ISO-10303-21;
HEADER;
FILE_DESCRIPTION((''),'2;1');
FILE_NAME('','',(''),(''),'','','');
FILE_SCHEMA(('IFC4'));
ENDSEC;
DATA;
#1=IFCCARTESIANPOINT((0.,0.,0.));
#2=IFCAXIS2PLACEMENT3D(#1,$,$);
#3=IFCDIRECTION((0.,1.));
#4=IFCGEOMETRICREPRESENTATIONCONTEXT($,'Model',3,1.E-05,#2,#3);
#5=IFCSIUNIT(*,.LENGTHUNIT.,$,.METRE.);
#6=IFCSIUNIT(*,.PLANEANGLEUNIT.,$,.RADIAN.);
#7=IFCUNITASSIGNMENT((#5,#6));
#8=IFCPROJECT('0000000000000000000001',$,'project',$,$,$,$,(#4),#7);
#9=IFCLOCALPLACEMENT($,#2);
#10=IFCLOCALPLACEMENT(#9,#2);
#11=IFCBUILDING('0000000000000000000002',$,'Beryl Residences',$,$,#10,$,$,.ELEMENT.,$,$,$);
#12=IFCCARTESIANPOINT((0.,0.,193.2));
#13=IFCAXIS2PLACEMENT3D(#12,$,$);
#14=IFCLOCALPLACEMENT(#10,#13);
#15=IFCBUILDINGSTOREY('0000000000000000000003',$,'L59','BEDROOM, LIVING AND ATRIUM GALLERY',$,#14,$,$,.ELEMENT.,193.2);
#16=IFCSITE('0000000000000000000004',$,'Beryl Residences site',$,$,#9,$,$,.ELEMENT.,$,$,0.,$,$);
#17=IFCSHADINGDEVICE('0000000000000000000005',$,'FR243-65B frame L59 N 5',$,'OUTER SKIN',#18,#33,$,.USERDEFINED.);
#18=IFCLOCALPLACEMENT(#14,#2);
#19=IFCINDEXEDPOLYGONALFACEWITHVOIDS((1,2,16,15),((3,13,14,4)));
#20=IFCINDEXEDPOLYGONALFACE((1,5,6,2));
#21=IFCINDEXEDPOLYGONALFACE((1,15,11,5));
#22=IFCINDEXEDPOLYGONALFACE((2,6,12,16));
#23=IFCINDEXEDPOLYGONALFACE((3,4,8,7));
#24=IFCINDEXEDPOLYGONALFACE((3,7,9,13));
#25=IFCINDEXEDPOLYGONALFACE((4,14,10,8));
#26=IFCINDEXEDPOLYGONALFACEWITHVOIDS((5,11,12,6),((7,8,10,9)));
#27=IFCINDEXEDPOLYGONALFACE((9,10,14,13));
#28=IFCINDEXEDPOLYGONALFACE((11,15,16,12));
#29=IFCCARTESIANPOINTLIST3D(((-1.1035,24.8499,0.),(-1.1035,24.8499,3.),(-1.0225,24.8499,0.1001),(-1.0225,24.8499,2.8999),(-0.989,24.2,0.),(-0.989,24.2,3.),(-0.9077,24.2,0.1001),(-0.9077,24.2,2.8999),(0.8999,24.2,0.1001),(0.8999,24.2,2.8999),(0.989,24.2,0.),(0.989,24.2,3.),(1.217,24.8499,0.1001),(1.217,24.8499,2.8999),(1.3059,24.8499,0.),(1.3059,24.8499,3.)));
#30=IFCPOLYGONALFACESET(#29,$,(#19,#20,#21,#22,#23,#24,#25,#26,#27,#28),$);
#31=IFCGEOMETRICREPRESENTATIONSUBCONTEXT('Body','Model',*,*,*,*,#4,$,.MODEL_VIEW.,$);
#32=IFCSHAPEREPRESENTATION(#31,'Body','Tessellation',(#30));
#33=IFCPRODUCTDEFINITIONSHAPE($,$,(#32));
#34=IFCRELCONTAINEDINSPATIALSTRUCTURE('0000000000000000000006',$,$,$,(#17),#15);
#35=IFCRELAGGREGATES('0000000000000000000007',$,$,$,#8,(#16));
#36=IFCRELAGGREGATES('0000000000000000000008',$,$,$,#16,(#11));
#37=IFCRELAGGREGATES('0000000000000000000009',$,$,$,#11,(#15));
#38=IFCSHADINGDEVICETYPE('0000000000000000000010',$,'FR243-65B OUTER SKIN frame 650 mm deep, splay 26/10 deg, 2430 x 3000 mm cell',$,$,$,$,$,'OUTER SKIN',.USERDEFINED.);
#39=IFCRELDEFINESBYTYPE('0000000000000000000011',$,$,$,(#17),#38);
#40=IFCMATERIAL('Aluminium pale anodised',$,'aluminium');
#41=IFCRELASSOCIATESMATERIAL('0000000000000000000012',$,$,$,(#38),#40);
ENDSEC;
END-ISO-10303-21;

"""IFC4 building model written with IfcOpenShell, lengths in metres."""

from ifc_helpers import new_model, entity, si_unit, direction, frame, origin, place, context, subcontext, project, spatial, source, transform, mapped, material, type_object, type_shapes, element, save


model = new_model("IFC4")

# Units and contexts
model_context = context("Model", 3, precision=1e-05, world=origin(), true_north=direction((0.0, 1.0)))
body_context = subcontext(model_context, "Body", "Model", "MODEL_VIEW")
ifc_project = project(units=[si_unit("LENGTHUNIT", "METRE"), si_unit("PLANEANGLEUNIT", "RADIAN")], contexts=[model_context])

# Site, building, storey
site_placement = place(None, origin())
site = spatial("IfcSite", under=ifc_project, at=site_placement, Name="Beryl Residences site", CompositionType="ELEMENT", RefElevation=0.0)
building_placement = place(site_placement, origin())
building = spatial("IfcBuilding", under=site, at=building_placement, Name="Beryl Residences", CompositionType="ELEMENT")
storey_placement = place(building_placement, frame((0.0, 0.0, 193.2)))
storey = spatial("IfcBuildingStorey", under=building, at=storey_placement, Name="L59", Description="BEDROOM, LIVING AND ATRIUM GALLERY", CompositionType="ELEMENT", Elevation=193.2)

# Shading device
ifc_material_1 = material(Name="Aluminium pale anodised", Category="aluminium")
shading_device_type_1 = type_object("IfcShadingDeviceType", Name="FR243-65B OUTER SKIN frame 650 mm deep, splay 26/10 deg, 2430 x 3000 mm cell", ElementType="OUTER SKIN", PredefinedType="USERDEFINED", material=ifc_material_1)
cartesian_point_1 = entity("IfcCartesianPoint", [-0.989, 0.0])
cartesian_point_2 = entity("IfcCartesianPoint", [-0.8999, 0.1001])
cartesian_point_3 = entity("IfcCartesianPoint", [-1.3059, 0.0])
cartesian_point_4 = entity("IfcCartesianPoint", [-1.217, 0.1001])
shared_shape_1 = source(origin(), body_context, "Body", "SweptSolid", [
    entity("IfcExtrudedAreaSolidTapered", entity("IfcArbitraryProfileDefWithVoids", "AREA", None, entity("IfcPolyline", [cartesian_point_1, entity("IfcCartesianPoint", [0.989, 0.0]), entity("IfcCartesianPoint", [0.989, 3.0]), entity("IfcCartesianPoint", [-0.989, 3.0]), cartesian_point_1]), [entity("IfcPolyline", [cartesian_point_2, entity("IfcCartesianPoint", [0.9077, 0.1001]), entity("IfcCartesianPoint", [0.9077, 2.8999]), entity("IfcCartesianPoint", [-0.8999, 2.8999]), cartesian_point_2])]), entity("IfcAxis2Placement3D", entity("IfcCartesianPoint", [0.0, 0.0, 0.0]), entity("IfcDirection", [0.0, 1.0, 0.0]), entity("IfcDirection", [-1.0, 0.0, 0.0])), entity("IfcDirection", [0.0, 0.0, 1.0]), 0.6499, entity("IfcArbitraryProfileDefWithVoids", "AREA", None, entity("IfcPolyline", [cartesian_point_3, entity("IfcCartesianPoint", [1.1035, 0.0]), entity("IfcCartesianPoint", [1.1035, 3.0]), entity("IfcCartesianPoint", [-1.3059, 3.0]), cartesian_point_3]), [entity("IfcPolyline", [cartesian_point_4, entity("IfcCartesianPoint", [1.0225, 0.1001]), entity("IfcCartesianPoint", [1.0225, 2.8999]), entity("IfcCartesianPoint", [-1.217, 2.8999]), cartesian_point_4])])),
])
type_shapes(shading_device_type_1, [shared_shape_1])
for number, where, z_axis, x_axis, name in (
    (1, (0.0, 24.2, 0.0), (0.0, 0.0, 1.0), (1.0, 0.0, 0.0), "FR243-65B frame L59 N 5"),
):
    element("IfcShadingDevice", number, at=place(storey_placement, frame(where, z_axis=z_axis, x_axis=x_axis)), inside=storey, type_object=shading_device_type_1, Name=name, ObjectType="OUTER SKIN", PredefinedType="USERDEFINED", context=body_context, shape_type="MappedRepresentation", body=[
        mapped(shared_shape_1, transform((0.0, 0.0, 0.0))),
    ])

save(model, "model.ifc")
